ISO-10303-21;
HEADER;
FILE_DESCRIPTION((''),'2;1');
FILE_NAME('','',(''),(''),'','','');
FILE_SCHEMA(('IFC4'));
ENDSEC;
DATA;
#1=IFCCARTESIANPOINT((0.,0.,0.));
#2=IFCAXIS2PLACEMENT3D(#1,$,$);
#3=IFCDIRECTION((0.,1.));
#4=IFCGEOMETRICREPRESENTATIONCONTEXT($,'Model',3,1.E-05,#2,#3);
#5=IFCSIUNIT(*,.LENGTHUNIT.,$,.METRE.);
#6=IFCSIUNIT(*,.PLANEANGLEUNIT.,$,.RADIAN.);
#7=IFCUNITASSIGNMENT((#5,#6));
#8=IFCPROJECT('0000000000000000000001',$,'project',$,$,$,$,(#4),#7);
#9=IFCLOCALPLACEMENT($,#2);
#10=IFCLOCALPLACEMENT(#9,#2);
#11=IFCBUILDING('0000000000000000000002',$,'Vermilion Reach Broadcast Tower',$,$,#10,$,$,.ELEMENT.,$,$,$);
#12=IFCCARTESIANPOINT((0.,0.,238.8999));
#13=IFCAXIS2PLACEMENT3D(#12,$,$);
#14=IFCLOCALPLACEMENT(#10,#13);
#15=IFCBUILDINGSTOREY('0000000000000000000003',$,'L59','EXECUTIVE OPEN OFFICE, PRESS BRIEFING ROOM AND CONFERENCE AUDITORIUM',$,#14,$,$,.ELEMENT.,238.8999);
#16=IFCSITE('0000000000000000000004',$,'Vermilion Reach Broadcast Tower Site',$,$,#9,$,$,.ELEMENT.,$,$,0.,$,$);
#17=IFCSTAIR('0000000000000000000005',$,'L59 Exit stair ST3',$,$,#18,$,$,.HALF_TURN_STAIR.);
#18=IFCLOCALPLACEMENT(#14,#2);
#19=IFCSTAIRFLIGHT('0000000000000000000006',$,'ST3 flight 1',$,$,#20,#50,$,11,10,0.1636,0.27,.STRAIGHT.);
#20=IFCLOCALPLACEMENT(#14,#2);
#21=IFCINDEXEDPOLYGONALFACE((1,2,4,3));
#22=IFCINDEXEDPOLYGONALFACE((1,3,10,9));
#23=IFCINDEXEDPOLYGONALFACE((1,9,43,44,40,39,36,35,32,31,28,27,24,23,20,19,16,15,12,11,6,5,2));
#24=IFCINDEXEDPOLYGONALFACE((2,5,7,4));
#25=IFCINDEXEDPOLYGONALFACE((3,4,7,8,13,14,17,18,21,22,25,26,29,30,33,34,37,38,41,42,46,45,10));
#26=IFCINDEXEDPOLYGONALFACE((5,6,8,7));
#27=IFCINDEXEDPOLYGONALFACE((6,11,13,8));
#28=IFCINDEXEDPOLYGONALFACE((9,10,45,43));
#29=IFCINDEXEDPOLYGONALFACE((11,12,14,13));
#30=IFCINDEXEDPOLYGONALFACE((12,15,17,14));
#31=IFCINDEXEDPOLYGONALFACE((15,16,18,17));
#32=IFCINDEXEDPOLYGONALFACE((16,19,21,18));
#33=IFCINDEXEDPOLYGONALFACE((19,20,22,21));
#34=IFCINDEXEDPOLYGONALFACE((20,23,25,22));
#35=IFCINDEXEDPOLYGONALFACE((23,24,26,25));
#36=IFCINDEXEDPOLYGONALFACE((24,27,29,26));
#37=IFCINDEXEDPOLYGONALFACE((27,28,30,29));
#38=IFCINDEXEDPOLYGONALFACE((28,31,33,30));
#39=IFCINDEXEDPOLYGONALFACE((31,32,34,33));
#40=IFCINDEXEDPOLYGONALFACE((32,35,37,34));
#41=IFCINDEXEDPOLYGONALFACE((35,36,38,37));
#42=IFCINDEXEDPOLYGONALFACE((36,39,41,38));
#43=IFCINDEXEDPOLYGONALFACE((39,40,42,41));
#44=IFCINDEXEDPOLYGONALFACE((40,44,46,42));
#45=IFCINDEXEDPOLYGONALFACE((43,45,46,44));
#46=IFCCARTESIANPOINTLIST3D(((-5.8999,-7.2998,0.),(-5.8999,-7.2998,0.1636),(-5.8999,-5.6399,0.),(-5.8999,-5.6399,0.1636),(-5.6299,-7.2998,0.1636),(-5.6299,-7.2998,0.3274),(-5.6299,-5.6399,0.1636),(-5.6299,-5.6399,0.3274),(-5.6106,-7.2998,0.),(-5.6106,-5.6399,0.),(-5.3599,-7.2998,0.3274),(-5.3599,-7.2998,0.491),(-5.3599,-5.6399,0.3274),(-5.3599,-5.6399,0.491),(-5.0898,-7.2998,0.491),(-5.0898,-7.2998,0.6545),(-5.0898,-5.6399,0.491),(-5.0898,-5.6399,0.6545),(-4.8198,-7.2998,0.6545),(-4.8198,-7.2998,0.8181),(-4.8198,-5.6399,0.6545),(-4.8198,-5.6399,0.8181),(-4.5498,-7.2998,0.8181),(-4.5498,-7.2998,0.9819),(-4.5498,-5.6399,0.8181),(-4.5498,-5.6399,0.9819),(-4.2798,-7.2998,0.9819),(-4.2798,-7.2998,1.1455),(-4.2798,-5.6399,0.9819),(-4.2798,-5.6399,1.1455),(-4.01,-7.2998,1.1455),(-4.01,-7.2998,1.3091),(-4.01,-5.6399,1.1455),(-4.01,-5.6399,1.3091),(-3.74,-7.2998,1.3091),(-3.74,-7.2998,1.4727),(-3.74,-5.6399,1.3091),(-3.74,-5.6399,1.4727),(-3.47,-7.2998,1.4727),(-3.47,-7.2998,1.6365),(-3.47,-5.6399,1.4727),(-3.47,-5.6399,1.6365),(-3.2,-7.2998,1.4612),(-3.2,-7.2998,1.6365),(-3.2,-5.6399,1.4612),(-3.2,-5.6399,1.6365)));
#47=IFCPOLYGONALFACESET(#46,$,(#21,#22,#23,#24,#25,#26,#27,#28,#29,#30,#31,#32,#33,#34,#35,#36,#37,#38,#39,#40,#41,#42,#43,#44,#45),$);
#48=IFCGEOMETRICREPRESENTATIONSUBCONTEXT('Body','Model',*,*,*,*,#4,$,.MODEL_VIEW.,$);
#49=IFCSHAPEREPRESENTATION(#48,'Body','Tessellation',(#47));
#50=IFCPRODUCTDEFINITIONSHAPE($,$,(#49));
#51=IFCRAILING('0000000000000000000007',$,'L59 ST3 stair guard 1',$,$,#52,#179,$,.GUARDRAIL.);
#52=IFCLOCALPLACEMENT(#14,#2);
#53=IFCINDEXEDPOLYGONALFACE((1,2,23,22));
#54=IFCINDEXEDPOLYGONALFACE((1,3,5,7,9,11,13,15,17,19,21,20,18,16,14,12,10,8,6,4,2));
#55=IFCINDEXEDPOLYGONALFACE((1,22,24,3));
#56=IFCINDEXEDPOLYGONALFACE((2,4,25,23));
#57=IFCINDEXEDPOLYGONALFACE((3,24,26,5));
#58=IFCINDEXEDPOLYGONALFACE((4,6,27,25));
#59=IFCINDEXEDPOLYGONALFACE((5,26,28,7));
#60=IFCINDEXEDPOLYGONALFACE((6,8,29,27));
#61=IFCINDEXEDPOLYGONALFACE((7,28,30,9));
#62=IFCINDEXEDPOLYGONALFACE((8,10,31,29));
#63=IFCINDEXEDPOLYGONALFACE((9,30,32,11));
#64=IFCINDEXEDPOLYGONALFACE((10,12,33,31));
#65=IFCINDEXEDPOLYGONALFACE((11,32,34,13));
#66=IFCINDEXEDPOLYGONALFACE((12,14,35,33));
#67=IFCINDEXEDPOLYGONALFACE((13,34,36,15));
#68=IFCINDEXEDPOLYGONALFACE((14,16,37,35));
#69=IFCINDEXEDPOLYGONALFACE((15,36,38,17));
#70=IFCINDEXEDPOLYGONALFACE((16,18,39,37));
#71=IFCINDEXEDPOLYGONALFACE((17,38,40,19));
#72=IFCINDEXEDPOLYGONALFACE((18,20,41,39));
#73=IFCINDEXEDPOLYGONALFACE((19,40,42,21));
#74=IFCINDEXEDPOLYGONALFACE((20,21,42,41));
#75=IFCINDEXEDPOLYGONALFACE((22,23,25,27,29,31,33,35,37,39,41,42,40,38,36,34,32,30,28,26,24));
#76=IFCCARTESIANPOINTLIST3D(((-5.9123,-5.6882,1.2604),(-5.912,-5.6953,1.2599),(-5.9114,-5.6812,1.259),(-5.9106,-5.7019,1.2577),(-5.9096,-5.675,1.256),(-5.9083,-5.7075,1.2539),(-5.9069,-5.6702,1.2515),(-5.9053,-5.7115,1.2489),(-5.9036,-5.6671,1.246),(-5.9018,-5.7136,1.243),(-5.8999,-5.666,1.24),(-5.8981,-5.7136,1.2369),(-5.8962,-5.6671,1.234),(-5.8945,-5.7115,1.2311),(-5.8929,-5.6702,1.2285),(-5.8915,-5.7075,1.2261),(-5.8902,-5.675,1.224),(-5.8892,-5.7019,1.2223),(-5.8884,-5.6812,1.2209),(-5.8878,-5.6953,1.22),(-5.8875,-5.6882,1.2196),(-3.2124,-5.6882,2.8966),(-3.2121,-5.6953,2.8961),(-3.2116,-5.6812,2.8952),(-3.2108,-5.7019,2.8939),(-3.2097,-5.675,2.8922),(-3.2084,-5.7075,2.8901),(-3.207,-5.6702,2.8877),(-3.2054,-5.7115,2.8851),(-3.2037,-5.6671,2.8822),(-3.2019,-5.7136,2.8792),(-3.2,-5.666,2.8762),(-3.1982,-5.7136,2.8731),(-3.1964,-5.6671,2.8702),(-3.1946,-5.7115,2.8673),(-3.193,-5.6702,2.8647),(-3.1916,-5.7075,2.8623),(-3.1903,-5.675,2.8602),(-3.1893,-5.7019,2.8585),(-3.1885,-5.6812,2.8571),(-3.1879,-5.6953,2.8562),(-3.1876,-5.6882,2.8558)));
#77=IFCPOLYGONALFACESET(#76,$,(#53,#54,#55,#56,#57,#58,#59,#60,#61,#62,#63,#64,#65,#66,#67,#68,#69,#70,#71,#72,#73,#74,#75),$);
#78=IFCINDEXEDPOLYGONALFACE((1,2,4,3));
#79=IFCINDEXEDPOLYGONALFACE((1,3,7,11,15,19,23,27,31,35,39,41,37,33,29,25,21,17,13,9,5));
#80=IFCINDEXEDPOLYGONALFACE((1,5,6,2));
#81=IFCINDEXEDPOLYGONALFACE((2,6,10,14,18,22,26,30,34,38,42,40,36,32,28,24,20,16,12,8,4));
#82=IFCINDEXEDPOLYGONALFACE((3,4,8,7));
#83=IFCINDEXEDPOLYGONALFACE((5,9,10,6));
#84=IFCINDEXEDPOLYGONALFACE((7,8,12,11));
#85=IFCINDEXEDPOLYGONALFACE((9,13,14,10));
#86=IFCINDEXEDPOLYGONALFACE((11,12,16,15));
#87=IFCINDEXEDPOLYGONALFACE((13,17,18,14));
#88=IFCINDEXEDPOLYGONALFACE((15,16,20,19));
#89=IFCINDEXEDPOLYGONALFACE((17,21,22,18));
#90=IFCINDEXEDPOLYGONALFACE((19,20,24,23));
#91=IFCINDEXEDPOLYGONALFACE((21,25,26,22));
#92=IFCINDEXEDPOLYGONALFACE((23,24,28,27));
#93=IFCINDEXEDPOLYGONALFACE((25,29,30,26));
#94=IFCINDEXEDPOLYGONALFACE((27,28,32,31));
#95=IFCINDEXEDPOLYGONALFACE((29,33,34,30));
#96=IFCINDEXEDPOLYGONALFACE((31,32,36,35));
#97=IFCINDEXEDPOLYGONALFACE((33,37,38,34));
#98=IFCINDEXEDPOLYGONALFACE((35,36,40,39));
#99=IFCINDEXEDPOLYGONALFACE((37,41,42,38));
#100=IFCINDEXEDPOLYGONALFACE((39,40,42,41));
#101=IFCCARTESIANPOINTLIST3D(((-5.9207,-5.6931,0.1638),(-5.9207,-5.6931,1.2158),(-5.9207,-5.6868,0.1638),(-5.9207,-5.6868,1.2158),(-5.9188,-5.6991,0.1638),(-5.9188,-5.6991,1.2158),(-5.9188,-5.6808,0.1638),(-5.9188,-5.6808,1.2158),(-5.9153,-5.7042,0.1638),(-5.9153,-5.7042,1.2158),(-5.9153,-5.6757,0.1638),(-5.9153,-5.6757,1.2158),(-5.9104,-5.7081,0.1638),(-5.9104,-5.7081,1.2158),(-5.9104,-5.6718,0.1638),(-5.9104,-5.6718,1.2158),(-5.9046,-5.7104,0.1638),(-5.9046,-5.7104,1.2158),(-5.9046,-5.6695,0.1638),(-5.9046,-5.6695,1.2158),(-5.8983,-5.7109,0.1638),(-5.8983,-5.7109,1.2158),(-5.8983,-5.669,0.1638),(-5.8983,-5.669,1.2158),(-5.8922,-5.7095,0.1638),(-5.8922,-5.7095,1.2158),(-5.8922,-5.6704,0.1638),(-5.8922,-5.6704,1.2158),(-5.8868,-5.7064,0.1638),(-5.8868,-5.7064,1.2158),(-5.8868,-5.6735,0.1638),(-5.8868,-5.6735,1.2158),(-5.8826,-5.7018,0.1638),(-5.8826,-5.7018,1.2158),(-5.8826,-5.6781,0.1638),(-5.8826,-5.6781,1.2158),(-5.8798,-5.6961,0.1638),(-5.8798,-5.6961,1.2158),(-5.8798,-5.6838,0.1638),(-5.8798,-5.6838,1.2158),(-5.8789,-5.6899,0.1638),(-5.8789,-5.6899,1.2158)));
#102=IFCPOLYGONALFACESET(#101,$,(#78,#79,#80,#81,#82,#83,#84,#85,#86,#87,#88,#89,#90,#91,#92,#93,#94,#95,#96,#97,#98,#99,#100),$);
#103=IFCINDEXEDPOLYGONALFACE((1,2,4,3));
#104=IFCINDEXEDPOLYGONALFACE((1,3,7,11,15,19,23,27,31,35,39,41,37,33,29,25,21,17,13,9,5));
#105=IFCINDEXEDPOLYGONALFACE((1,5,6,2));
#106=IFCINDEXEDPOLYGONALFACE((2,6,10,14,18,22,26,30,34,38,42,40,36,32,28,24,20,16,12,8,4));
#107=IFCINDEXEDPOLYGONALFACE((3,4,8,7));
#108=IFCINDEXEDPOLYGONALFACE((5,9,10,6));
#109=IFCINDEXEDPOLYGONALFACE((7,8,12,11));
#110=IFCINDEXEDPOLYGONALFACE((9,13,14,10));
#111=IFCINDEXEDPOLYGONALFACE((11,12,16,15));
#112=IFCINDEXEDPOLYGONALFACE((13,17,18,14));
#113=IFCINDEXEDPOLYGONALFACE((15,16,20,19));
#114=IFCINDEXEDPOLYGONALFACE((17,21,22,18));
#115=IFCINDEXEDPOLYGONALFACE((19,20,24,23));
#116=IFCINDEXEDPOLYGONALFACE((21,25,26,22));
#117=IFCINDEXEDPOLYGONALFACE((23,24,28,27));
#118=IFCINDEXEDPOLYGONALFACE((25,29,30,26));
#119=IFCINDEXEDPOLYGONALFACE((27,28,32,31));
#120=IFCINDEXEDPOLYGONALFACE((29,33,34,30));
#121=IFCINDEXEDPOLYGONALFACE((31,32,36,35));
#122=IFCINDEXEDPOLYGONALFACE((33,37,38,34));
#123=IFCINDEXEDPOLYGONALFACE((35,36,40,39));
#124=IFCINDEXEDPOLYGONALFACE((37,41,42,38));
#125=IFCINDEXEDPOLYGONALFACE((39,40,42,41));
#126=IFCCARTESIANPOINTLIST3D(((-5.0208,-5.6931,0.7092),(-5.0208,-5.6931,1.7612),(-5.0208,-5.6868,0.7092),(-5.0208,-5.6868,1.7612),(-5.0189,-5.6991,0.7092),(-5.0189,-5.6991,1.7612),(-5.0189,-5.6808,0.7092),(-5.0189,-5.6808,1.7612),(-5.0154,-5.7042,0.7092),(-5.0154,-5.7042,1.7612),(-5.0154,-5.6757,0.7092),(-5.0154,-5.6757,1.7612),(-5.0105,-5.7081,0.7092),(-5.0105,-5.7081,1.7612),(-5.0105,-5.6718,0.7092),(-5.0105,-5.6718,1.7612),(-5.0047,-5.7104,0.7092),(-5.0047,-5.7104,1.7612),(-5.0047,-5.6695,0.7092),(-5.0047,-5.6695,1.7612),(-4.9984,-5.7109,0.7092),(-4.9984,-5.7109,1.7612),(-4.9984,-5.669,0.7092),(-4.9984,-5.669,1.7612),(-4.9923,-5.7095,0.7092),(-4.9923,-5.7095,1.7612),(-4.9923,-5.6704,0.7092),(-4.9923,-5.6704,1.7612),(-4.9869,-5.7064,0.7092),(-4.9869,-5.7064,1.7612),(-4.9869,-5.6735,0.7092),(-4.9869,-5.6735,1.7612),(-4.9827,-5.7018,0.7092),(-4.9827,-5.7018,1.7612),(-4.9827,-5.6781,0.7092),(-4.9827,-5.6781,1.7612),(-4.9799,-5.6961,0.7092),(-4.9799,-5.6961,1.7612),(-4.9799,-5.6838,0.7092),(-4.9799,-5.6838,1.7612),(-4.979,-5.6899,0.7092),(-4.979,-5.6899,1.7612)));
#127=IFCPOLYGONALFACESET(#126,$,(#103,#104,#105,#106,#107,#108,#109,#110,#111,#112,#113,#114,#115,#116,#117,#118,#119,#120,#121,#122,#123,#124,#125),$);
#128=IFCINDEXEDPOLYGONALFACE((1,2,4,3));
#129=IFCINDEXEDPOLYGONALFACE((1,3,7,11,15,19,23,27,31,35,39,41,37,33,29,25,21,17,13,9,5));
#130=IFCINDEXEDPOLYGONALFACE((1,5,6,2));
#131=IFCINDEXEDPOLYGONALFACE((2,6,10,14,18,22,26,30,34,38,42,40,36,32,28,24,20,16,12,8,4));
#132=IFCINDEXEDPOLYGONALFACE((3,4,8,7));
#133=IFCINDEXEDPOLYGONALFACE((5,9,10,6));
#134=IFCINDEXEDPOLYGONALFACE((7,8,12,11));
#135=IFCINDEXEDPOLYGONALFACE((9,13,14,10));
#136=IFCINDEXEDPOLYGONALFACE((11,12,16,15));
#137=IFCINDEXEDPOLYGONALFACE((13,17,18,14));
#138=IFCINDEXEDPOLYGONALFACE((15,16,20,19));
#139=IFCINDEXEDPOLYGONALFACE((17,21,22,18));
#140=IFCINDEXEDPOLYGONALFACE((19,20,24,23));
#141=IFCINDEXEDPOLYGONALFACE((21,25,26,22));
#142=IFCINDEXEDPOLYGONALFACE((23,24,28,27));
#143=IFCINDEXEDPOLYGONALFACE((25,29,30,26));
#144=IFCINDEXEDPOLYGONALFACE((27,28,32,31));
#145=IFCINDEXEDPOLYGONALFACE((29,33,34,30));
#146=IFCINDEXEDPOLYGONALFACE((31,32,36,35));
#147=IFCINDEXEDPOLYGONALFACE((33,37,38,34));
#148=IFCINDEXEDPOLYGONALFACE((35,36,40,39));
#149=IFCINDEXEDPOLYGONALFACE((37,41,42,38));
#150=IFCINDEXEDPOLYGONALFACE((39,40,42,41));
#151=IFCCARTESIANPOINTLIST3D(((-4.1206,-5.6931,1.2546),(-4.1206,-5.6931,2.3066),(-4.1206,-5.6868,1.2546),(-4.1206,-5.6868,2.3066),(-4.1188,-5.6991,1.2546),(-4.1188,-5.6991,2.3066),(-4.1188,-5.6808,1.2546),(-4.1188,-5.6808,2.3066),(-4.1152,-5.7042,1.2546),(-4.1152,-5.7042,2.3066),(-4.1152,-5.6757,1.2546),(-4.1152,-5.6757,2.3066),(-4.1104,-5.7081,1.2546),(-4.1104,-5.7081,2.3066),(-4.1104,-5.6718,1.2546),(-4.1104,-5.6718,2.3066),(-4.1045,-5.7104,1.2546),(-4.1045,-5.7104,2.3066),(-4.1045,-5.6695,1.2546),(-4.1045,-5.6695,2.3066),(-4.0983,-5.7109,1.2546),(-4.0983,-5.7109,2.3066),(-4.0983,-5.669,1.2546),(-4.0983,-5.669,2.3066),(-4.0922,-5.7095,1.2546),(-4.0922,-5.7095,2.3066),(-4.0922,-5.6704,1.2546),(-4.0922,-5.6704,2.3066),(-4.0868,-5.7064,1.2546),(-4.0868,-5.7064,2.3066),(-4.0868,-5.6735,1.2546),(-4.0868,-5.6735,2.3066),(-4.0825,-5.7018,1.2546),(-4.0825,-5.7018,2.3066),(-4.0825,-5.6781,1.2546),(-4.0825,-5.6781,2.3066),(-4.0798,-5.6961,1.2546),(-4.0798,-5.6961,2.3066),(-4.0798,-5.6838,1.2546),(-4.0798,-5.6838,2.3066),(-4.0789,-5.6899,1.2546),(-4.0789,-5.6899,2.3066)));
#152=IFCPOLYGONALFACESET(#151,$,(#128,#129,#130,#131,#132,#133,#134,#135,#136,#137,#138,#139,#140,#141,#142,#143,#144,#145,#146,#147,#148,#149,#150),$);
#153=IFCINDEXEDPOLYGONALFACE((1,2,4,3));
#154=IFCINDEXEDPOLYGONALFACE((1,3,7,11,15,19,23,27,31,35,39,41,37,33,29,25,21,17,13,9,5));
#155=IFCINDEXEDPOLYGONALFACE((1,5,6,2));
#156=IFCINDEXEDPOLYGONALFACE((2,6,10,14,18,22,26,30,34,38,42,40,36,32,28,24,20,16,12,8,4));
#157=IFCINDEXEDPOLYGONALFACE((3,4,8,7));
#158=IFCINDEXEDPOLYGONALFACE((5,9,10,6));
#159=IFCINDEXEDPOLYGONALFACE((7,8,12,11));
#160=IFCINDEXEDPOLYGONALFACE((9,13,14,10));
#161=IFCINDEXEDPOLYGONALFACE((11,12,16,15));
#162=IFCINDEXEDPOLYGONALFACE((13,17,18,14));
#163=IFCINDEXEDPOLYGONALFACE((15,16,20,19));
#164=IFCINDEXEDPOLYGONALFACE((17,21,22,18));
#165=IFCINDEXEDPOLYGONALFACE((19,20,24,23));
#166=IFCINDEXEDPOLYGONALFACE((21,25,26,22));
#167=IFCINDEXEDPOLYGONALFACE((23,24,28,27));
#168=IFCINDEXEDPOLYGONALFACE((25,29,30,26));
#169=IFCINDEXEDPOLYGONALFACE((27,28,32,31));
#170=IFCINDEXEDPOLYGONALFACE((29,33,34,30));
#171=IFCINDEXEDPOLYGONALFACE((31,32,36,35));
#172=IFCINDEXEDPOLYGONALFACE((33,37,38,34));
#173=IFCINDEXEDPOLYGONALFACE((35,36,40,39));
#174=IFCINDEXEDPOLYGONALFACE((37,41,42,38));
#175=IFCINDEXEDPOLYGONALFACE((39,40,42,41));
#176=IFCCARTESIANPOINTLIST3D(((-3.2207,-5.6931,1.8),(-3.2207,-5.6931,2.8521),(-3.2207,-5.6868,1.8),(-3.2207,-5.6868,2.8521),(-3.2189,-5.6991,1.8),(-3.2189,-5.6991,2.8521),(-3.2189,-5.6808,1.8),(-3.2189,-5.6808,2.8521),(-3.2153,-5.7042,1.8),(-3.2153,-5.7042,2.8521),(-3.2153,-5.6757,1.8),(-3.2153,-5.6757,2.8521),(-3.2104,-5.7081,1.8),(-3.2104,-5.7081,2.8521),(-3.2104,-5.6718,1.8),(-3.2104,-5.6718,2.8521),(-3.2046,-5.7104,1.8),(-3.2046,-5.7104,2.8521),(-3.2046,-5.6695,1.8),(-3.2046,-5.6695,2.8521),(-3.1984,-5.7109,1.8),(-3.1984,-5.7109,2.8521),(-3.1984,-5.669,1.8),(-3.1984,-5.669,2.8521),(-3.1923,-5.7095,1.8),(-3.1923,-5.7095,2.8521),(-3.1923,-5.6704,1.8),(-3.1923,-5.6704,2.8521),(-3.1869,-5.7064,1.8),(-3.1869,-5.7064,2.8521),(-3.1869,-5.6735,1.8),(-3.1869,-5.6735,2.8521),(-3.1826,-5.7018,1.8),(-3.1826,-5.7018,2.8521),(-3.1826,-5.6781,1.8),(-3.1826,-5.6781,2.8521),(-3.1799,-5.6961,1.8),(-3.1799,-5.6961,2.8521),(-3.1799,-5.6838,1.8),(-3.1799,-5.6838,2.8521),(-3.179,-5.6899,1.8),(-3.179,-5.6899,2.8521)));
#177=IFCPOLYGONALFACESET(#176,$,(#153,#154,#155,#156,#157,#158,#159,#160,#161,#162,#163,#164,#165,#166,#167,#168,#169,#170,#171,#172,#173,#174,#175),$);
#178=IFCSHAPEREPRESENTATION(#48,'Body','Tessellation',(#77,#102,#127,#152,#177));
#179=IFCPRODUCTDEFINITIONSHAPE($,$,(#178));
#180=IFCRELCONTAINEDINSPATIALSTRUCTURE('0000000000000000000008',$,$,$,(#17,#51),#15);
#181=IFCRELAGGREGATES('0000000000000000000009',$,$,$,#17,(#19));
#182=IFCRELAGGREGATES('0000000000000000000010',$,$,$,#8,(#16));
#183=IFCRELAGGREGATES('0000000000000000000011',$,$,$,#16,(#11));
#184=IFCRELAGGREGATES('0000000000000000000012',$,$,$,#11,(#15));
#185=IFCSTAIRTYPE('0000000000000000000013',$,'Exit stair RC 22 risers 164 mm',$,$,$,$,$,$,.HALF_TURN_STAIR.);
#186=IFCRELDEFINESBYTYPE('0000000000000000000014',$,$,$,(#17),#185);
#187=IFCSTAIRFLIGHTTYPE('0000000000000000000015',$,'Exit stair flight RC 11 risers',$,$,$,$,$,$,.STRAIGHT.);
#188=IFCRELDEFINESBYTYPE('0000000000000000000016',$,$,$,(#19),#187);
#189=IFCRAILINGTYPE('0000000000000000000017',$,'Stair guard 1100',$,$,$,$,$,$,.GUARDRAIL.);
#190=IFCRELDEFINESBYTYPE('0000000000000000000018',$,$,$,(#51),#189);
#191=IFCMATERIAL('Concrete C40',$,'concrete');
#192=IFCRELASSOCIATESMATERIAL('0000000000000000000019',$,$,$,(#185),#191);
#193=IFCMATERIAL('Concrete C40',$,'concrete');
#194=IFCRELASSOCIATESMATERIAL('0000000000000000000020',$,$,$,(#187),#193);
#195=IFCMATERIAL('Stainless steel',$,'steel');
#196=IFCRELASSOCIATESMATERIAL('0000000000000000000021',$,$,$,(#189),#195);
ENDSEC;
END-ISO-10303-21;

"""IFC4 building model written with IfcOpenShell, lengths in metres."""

from ifc_helpers import new_model, si_unit, direction, frame, origin, origin_2d, place, context, subcontext, project, spatial, polyline, circle, outline, extrude, material, type_object, element, aggregate, save


model = new_model("IFC4")

# Units and contexts
model_context = context("Model", 3, precision=1e-05, world=origin(), true_north=direction((0.0, 1.0)))
body_context = subcontext(model_context, "Body", "Model", "MODEL_VIEW")
ifc_project = project(units=[si_unit("LENGTHUNIT", "METRE"), si_unit("PLANEANGLEUNIT", "RADIAN")], contexts=[model_context])

# Site, building, storey
site_placement = place(None, origin())
site = spatial("IfcSite", under=ifc_project, at=site_placement, Name="Vermilion Reach Broadcast Tower Site", CompositionType="ELEMENT", RefElevation=0.0)
building_placement = place(site_placement, origin())
building = spatial("IfcBuilding", under=site, at=building_placement, Name="Vermilion Reach Broadcast Tower", CompositionType="ELEMENT")
storey_placement = place(building_placement, frame((0.0, 0.0, 238.8999)))
storey = spatial("IfcBuildingStorey", under=building, at=storey_placement, Name="L59", Description="EXECUTIVE OPEN OFFICE, PRESS BRIEFING ROOM AND CONFERENCE AUDITORIUM", CompositionType="ELEMENT", Elevation=238.8999)

# Stair, stair flight
ifc_material_1 = material(Name="Concrete C40", Category="concrete")
stair_type = type_object("IfcStairType", Name="Exit stair RC 22 risers 164 mm", PredefinedType="HALF_TURN_STAIR", material=ifc_material_1)
stair_placement = place(storey_placement, origin())
stair = element("IfcStair", 1, at=stair_placement, inside=storey, type_object=stair_type, Name="L59 Exit stair ST3", PredefinedType="HALF_TURN_STAIR")
ifc_material_2 = material(Name="Concrete C40", Category="concrete")
stair_flight_type = type_object("IfcStairFlightType", Name="Exit stair flight RC 11 risers", PredefinedType="STRAIGHT", material=ifc_material_2)
stair_flight_placement = place(storey_placement, frame((-5.8999, -6.47, 0.0), z_axis=(0.0, 0.0, 1.0), x_axis=(1.0, 0.0, 0.0)))
stair_flight = element("IfcStairFlight", 2, at=stair_flight_placement, type_object=stair_flight_type, Name="ST3 flight 1", NumberOfRisers=11, NumberOfTreads=10, PredefinedType="STRAIGHT", RiserHeight=0.1636, TreadLength=0.27, context=body_context, shape_type="SweptSolid", body=[
    extrude(outline(polyline([(0.0, 0.0), (0.0, 0.1636), (0.27, 0.1636), (0.27, 0.3274), (0.54, 0.3274), (0.54, 0.491), (0.8101, 0.491), (0.8101, 0.6545), (1.0801, 0.6545), (1.0801, 0.8181), (1.3501, 0.8181), (1.3501, 0.9819), (1.6201, 0.9819), (1.6201, 1.1455), (1.8899, 1.1455), (1.8899, 1.3091), (2.1599, 1.3091), (2.1599, 1.4727), (2.4299, 1.4727), (2.4299, 1.6365), (2.7, 1.6365), (2.7, 1.8), (2.7, 1.4612), (0.2893, 0.0), (0.0, 0.0)])), frame((0.0, 0.8301, 0.0), z_axis=(0.0, -1.0, 0.0), x_axis=(1.0, 0.0, 0.0)), (0.0, 0.0, 1.0), 1.6599),
])
aggregate(stair, [stair_flight])

# Railing
ifc_material_3 = material(Name="Stainless steel", Category="steel")
railing_type_1 = type_object("IfcRailingType", Name="Stair guard 1100", PredefinedType="GUARDRAIL", material=ifc_material_3)
railing_1_placement = place(storey_placement, frame((-5.8999, -5.6899, 0.1638)))
element("IfcRailing", 3, at=railing_1_placement, inside=storey, type_object=railing_type_1, Name="L59 ST3 stair guard 1", PredefinedType="GUARDRAIL", context=body_context, shape_type="SweptSolid", body=[
    extrude(circle(Radius=0.0239, at=origin_2d()), frame((0.0, 0.0, 1.0762), z_axis=(0.855212, 0.0, 0.518278), x_axis=(0.0, 1.0, 0.0)), (0.0, 0.0, 1.0), 3.157),
    extrude(circle(Radius=0.021, at=origin_2d()), origin(), (0.0, 0.0, 1.0), 1.052),
    extrude(circle(Radius=0.021, at=origin_2d()), frame((0.8999, 0.0, 0.5454)), (0.0, 0.0, 1.0), 1.052),
    extrude(circle(Radius=0.021, at=origin_2d()), frame((1.8, 0.0, 1.0908)), (0.0, 0.0, 1.0), 1.052),
    extrude(circle(Radius=0.021, at=origin_2d()), frame((2.7, 0.0, 1.6362)), (0.0, 0.0, 1.0), 1.052),
])

save(model, "model.ifc")
